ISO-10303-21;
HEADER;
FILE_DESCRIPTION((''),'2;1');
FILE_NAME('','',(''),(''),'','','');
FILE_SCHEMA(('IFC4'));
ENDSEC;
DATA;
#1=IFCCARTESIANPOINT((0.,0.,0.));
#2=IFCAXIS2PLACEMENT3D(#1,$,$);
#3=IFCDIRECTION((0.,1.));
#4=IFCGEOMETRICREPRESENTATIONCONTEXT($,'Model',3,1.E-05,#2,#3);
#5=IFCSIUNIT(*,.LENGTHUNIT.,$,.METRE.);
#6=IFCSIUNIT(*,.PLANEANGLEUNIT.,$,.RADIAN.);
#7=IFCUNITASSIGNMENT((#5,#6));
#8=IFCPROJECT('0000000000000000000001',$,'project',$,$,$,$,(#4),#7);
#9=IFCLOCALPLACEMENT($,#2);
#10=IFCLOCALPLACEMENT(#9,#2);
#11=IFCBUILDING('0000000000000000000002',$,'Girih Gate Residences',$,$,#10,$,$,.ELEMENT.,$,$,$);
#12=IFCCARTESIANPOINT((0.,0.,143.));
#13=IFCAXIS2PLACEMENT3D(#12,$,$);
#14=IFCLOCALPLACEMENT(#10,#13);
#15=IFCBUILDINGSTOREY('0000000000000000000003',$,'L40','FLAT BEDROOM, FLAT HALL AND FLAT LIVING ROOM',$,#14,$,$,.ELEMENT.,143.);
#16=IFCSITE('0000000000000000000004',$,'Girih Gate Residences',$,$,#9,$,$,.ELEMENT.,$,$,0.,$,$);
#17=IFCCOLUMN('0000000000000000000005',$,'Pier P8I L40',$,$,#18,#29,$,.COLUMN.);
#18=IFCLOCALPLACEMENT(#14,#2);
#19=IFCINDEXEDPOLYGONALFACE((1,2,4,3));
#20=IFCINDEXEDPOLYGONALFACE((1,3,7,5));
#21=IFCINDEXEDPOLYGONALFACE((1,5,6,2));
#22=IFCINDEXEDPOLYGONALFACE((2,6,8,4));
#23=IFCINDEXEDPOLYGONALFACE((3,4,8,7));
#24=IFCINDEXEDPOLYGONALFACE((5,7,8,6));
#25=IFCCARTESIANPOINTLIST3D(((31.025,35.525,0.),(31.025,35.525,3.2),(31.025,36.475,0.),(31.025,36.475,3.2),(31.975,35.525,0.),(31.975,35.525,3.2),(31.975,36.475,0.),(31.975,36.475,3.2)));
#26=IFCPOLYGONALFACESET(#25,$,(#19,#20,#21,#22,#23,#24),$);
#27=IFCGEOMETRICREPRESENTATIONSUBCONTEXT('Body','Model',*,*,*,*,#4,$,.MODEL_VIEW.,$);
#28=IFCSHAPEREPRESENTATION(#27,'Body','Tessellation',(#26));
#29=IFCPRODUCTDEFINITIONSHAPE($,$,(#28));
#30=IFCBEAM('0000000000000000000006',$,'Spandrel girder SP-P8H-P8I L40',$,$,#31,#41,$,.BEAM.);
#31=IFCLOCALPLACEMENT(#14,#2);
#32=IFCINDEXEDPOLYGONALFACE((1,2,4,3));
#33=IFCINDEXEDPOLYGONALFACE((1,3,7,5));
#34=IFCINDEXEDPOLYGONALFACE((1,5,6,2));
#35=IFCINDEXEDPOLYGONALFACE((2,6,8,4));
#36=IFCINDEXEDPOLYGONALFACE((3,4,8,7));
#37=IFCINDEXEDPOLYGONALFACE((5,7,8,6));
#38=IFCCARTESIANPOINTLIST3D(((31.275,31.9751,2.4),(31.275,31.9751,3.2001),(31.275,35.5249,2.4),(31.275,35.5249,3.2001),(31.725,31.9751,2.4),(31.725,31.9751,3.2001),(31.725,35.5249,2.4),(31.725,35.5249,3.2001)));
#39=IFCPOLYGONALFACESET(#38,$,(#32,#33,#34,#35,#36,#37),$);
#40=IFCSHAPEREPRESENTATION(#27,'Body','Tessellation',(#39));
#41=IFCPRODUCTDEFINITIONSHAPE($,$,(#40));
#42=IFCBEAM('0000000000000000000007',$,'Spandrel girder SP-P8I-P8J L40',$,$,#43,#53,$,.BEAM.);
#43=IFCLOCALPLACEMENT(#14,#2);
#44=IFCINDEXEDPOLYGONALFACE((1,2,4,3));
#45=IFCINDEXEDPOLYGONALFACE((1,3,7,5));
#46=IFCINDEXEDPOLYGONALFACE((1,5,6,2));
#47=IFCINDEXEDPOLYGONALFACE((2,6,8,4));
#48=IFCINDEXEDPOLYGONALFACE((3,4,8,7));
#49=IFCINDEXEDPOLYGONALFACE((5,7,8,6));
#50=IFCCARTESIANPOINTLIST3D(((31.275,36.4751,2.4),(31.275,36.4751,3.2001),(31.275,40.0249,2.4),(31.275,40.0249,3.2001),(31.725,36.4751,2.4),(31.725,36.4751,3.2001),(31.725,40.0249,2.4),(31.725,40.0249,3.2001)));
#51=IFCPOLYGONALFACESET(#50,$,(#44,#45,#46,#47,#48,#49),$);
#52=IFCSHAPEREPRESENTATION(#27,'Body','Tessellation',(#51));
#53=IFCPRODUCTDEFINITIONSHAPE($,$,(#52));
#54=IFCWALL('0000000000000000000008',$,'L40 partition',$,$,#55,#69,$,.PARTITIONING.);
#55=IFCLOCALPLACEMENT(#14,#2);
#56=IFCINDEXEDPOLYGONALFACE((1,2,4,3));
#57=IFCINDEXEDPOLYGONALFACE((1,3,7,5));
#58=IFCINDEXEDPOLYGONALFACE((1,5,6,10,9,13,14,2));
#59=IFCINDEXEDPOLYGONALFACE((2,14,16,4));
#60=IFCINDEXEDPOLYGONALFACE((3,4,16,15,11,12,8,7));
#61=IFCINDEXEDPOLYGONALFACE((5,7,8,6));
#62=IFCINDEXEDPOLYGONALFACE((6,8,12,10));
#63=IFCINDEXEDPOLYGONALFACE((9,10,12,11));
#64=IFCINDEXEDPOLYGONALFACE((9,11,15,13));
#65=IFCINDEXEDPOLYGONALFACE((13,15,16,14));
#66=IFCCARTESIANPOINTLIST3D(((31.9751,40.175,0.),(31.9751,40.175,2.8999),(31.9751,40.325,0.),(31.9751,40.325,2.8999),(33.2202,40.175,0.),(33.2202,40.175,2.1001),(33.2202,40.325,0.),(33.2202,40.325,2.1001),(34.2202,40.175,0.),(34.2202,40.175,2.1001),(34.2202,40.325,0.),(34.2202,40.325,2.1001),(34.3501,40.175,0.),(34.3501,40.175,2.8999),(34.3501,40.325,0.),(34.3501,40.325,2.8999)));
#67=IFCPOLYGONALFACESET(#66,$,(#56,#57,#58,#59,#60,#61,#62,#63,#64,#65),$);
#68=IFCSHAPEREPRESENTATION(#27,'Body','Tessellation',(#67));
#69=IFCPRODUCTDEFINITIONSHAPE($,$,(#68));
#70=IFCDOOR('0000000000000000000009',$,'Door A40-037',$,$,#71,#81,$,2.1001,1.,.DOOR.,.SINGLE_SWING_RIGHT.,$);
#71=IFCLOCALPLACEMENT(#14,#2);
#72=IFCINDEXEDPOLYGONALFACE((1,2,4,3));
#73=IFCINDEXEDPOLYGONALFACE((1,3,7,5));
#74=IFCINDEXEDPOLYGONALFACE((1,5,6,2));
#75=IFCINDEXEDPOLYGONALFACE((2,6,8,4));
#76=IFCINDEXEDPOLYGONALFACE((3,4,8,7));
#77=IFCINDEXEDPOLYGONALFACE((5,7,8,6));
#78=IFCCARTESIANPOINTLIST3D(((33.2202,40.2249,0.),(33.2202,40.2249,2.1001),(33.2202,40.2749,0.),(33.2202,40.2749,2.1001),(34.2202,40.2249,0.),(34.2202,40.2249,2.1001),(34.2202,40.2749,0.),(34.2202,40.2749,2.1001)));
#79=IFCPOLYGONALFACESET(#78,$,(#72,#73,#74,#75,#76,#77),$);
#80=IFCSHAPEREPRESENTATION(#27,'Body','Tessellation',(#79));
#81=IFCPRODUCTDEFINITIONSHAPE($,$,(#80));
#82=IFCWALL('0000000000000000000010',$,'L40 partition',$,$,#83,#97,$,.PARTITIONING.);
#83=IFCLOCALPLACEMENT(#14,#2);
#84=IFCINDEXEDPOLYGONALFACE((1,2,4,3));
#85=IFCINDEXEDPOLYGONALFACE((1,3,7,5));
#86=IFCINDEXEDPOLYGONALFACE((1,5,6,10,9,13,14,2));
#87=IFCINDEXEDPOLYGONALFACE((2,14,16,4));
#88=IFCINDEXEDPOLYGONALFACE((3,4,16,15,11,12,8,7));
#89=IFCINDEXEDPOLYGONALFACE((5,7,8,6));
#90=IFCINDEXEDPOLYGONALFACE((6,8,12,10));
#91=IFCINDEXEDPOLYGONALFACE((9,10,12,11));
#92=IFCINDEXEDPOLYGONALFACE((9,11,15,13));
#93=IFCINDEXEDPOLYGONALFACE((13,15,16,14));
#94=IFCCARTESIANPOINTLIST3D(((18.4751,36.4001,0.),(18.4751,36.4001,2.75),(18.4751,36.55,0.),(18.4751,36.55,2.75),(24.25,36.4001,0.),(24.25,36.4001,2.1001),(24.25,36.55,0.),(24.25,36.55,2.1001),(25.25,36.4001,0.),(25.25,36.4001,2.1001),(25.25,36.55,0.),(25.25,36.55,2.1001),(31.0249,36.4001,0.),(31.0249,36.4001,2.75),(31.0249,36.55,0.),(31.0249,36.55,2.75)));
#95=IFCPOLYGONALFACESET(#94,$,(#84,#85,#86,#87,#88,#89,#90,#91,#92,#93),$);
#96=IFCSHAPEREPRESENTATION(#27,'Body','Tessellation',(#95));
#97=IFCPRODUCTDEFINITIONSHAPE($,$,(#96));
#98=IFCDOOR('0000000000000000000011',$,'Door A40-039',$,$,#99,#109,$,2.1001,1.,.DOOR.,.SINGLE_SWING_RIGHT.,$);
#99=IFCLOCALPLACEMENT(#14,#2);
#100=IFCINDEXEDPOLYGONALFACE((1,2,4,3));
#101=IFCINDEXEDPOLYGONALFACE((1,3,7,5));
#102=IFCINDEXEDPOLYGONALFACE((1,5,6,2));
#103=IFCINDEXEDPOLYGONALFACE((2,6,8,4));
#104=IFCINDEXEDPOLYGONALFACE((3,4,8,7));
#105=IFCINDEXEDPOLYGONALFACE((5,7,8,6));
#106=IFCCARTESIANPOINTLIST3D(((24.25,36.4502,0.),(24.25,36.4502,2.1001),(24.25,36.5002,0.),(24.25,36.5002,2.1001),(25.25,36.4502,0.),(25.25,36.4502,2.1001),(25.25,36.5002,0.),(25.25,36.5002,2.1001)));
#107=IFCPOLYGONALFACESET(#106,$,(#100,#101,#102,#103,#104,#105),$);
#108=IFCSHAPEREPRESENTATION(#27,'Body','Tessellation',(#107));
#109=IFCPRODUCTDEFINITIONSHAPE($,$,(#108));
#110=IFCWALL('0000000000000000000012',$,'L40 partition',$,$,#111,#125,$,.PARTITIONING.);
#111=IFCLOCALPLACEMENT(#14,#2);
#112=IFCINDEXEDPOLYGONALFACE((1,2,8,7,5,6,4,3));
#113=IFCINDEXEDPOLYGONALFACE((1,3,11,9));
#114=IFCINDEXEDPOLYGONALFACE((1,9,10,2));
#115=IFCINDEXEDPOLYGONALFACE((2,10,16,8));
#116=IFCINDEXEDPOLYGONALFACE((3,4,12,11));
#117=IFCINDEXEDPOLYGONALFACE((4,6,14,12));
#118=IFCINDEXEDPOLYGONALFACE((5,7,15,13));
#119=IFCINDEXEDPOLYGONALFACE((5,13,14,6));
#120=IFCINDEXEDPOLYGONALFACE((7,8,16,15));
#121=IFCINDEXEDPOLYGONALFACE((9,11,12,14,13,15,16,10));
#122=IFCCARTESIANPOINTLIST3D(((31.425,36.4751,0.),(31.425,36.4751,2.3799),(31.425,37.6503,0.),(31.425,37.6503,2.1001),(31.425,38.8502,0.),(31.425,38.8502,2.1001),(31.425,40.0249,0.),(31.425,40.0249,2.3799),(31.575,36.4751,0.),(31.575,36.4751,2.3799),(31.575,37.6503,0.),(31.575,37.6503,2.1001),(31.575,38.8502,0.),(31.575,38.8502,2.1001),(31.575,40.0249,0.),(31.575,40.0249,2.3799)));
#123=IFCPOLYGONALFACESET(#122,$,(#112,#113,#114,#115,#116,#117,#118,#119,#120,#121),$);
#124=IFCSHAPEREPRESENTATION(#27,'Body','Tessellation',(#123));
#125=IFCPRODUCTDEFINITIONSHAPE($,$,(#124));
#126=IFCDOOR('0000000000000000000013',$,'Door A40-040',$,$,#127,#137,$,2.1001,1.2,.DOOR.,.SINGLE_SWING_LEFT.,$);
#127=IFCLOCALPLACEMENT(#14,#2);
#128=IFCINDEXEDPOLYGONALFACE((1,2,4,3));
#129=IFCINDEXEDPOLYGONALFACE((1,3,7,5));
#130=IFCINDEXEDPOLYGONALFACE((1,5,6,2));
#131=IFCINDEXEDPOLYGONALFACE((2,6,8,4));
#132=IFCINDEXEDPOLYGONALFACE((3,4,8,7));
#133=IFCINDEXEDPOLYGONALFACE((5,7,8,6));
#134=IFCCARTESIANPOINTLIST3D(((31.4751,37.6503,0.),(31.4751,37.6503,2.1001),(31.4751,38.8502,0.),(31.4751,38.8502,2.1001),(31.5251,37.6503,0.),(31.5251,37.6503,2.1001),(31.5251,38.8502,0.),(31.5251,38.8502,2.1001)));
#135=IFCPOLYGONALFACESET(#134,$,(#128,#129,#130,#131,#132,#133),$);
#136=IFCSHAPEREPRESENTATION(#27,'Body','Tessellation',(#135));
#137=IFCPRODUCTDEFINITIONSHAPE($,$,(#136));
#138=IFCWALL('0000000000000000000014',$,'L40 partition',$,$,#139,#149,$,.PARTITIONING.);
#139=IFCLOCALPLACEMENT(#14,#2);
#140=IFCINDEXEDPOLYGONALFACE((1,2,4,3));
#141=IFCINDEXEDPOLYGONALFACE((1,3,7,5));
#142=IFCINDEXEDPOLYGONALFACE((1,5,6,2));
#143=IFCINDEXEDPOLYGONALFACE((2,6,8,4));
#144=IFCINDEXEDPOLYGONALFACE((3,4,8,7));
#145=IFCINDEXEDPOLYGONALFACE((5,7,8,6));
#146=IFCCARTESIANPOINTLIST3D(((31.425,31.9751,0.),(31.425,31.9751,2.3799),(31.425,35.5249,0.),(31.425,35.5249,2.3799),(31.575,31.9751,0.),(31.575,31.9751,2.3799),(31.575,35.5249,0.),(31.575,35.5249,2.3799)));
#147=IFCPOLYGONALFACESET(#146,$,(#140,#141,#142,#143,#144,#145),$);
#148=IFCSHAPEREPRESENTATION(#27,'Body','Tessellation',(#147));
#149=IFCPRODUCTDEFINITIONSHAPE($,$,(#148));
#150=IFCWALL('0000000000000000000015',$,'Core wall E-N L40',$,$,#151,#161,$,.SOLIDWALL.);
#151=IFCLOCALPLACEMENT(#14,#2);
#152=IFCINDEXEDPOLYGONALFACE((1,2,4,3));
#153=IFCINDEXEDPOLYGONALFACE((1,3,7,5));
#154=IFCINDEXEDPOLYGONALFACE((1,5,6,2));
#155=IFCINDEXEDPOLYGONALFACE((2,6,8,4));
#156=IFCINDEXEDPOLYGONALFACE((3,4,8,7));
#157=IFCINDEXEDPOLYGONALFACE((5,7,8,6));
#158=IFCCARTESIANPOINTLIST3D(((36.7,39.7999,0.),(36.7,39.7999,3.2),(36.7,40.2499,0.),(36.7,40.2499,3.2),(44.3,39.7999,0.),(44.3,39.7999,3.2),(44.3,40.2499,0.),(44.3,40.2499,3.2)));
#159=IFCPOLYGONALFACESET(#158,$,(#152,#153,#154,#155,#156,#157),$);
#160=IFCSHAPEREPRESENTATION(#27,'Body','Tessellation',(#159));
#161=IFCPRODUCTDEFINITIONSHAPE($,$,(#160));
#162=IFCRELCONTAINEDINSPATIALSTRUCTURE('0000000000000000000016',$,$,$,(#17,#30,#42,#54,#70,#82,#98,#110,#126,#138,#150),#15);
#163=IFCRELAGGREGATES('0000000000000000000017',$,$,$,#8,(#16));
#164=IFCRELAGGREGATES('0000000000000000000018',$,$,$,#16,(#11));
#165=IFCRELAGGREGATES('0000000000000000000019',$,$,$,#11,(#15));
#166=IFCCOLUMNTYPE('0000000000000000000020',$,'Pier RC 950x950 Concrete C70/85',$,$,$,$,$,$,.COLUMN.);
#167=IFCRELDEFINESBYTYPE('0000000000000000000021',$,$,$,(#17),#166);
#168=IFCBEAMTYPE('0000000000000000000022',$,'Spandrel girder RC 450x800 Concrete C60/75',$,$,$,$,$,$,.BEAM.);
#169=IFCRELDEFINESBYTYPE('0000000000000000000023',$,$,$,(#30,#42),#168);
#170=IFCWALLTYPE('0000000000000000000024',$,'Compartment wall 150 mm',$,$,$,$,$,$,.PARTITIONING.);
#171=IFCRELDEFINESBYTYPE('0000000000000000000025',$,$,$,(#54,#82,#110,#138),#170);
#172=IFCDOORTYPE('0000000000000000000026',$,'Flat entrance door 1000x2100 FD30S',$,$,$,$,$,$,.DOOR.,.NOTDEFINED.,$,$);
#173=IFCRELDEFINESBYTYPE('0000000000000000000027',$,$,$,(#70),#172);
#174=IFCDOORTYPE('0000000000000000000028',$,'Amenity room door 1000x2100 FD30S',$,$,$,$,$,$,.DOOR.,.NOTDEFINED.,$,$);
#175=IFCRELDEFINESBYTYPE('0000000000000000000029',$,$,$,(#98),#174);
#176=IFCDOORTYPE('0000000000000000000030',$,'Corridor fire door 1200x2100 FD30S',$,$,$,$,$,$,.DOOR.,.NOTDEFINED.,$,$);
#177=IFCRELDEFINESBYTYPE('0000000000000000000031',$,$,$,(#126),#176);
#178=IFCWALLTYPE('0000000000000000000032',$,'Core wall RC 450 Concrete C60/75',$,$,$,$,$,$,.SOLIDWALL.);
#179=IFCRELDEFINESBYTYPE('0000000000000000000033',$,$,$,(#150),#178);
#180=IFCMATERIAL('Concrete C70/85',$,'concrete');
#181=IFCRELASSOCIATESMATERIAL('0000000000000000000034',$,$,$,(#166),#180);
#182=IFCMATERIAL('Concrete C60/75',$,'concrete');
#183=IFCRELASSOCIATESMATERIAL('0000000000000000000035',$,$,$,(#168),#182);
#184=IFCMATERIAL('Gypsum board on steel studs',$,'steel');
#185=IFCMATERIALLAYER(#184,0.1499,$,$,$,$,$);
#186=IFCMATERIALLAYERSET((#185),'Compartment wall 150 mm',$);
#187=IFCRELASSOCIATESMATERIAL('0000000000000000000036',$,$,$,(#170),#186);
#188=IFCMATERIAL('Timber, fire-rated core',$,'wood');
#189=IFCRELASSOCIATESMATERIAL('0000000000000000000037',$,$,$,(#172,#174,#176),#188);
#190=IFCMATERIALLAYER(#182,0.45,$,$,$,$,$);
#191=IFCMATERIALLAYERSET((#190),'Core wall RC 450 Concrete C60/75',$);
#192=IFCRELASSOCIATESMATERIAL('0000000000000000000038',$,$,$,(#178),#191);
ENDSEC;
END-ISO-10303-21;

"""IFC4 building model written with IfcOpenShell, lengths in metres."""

from ifc_helpers import new_model, si_unit, direction, frame, frame_2d, origin, origin_2d, place, context, subcontext, project, spatial, rectangle, extrude, material, layer, layer_set, material_profile, profile_set, type_object, element, fill, save


model = new_model("IFC4")

# Units and contexts
model_context = context("Model", 3, precision=1e-05, world=origin(), true_north=direction((0.0, 1.0)))
body_context = subcontext(model_context, "Body", "Model", "MODEL_VIEW")
ifc_project = project(units=[si_unit("LENGTHUNIT", "METRE"), si_unit("PLANEANGLEUNIT", "RADIAN")], contexts=[model_context])

# Site, building, storey
site_placement = place(None, origin())
site = spatial("IfcSite", under=ifc_project, at=site_placement, Name="Girih Gate Residences", CompositionType="ELEMENT", RefElevation=0.0)
building_placement = place(site_placement, origin())
building = spatial("IfcBuilding", under=site, at=building_placement, Name="Girih Gate Residences", CompositionType="ELEMENT")
storey_placement = place(building_placement, frame((0.0, 0.0, 143.0)))
storey = spatial("IfcBuildingStorey", under=building, at=storey_placement, Name="L40", Description="FLAT BEDROOM, FLAT HALL AND FLAT LIVING ROOM", CompositionType="ELEMENT", Elevation=143.0)

# Column
ifc_material_1 = material(Name="Concrete C70/85", Category="concrete")
ifc_material_profile_1 = material_profile(ifc_material_1, rectangle(XDim=0.95, YDim=0.95, at=origin_2d()))
ifc_profile_set_1 = profile_set([ifc_material_profile_1], Name="Concrete C70/85")
column_type = type_object("IfcColumnType", Name="Pier RC 950x950 Concrete C70/85", PredefinedType="COLUMN", material=ifc_profile_set_1)
column_placement = place(storey_placement, frame((31.5, 36.0, 0.0), z_axis=(0.0, 0.0, 1.0), x_axis=(1.0, 0.0, 0.0)))
element("IfcColumn", 1, at=column_placement, inside=storey, type_object=column_type, Name="Pier P8I L40", PredefinedType="COLUMN", context=body_context, shape_type="SweptSolid", body=[
    extrude(rectangle(XDim=0.95, YDim=0.95, at=origin_2d()), origin(), (0.0, 0.0, 1.0), 3.2),
])

# Beams
ifc_material_2 = material(Name="Concrete C60/75", Category="concrete")
ifc_material_profile_2 = material_profile(ifc_material_2, rectangle(XDim=0.45, YDim=0.8, at=origin_2d()))
ifc_profile_set_2 = profile_set([ifc_material_profile_2], Name="Concrete C60/75")
beam_type = type_object("IfcBeamType", Name="Spandrel girder RC 450x800 Concrete C60/75", PredefinedType="BEAM", material=ifc_profile_set_2)
for number, where, z_axis, x_axis, name in (
    (2, (31.5, 31.9751, 2.8), (0.0, 1.0, 0.0), (-1.0, 0.0, 0.0), "Spandrel girder SP-P8H-P8I L40"),
    (3, (31.5, 36.4751, 2.8), (0.0, 1.0, 0.0), (-1.0, 0.0, 0.0), "Spandrel girder SP-P8I-P8J L40"),
):
    element("IfcBeam", number, at=place(storey_placement, frame(where, z_axis=z_axis, x_axis=x_axis)), inside=storey, type_object=beam_type, Name=name, PredefinedType="BEAM", context=body_context, shape_type="SweptSolid", body=[
        extrude(rectangle(XDim=0.45, YDim=0.8, at=origin_2d()), origin(), (0.0, 0.0, 1.0), 3.5498),
    ])

# Walls, openings, doors
ifc_material_3 = material(Name="Gypsum board on steel studs", Category="steel")
ifc_layer_1 = layer(ifc_material_3, 0.1499)
ifc_layer_set_1 = layer_set([ifc_layer_1], Name="Compartment wall 150 mm")
wall_type_1 = type_object("IfcWallType", Name="Compartment wall 150 mm", PredefinedType="PARTITIONING", material=ifc_layer_set_1)
wall_1_placement = place(storey_placement, frame((31.9751, 40.25, 0.0), z_axis=(0.0, 0.0, 1.0), x_axis=(1.0, 0.0, 0.0)))
wall_1 = element("IfcWall", 4, at=wall_1_placement, inside=storey, type_object=wall_type_1, Name="L40 partition", PredefinedType="PARTITIONING", context=body_context, shape_type="SweptSolid", body=[
    extrude(rectangle(XDim=2.375, YDim=0.1499, at=frame_2d((1.1875, 0.0))), origin(), (0.0, 0.0, 1.0), 2.8999),
])
opening_1_placement = place(wall_1_placement, frame((1.2451, 0.0, 0.0)))
opening_1 = element("IfcOpeningElement", 5, at=opening_1_placement, cuts=wall_1, PredefinedType="OPENING", context=body_context, shape_type="SweptSolid", body=[
    extrude(rectangle(XDim=1.0, YDim=2.1001, at=frame_2d((0.5, 1.05))), frame((0.0, 0.085, 0.0), z_axis=(0.0, -1.0, 0.0), x_axis=(1.0, 0.0, 0.0)), (0.0, 0.0, 1.0), 0.1699),
])
ifc_material_4 = material(Name="Timber, fire-rated core", Category="wood")
door_type_1 = type_object("IfcDoorType", Name="Flat entrance door 1000x2100 FD30S", OperationType="NOTDEFINED", PredefinedType="DOOR", material=ifc_material_4)
door_1_placement = place(opening_1_placement, origin())
door_1 = element("IfcDoor", 6, at=door_1_placement, inside=storey, type_object=door_type_1, Name="Door A40-037", OperationType="SINGLE_SWING_RIGHT", OverallHeight=2.1001, OverallWidth=1.0, PredefinedType="DOOR", context=body_context, shape_type="SweptSolid", body=[
    extrude(rectangle(XDim=1.0, YDim=2.1001, at=frame_2d((0.5, 1.05))), frame((0.0, 0.0249, 0.0), z_axis=(0.0, -1.0, 0.0), x_axis=(1.0, 0.0, 0.0)), (0.0, 0.0, 1.0), 0.05),
])
fill(opening_1, door_1)
wall_2_placement = place(storey_placement, frame((31.0249, 36.4751, 0.0), z_axis=(0.0, 0.0, 1.0), x_axis=(-1.0, 0.0, 0.0)))
wall_2 = element("IfcWall", 7, at=wall_2_placement, inside=storey, type_object=wall_type_1, Name="L40 partition", PredefinedType="PARTITIONING", context=body_context, shape_type="SweptSolid", body=[
    extrude(rectangle(XDim=12.5498, YDim=0.1499, at=frame_2d((6.2749, 0.0))), origin(), (0.0, 0.0, 1.0), 2.75),
])
opening_2_placement = place(wall_2_placement, frame((5.7749, 0.0, 0.0)))
opening_2 = element("IfcOpeningElement", 8, at=opening_2_placement, cuts=wall_2, PredefinedType="OPENING", context=body_context, shape_type="SweptSolid", body=[
    extrude(rectangle(XDim=1.0, YDim=2.1001, at=frame_2d((0.5, 1.05))), frame((0.0, 0.085, 0.0), z_axis=(0.0, -1.0, 0.0), x_axis=(1.0, 0.0, 0.0)), (0.0, 0.0, 1.0), 0.1699),
])
door_type_2 = type_object("IfcDoorType", Name="Amenity room door 1000x2100 FD30S", OperationType="NOTDEFINED", PredefinedType="DOOR", material=ifc_material_4)
door_2_placement = place(opening_2_placement, origin())
door_2 = element("IfcDoor", 9, at=door_2_placement, inside=storey, type_object=door_type_2, Name="Door A40-039", OperationType="SINGLE_SWING_RIGHT", OverallHeight=2.1001, OverallWidth=1.0, PredefinedType="DOOR", context=body_context, shape_type="SweptSolid", body=[
    extrude(rectangle(XDim=1.0, YDim=2.1001, at=frame_2d((0.5, 1.05))), frame((0.0, 0.0249, 0.0), z_axis=(0.0, -1.0, 0.0), x_axis=(1.0, 0.0, 0.0)), (0.0, 0.0, 1.0), 0.05),
])
fill(opening_2, door_2)
wall_3_placement = place(storey_placement, frame((31.5, 36.4751, 0.0), z_axis=(0.0, 0.0, 1.0), x_axis=(0.0, 1.0, 0.0)))
wall_3 = element("IfcWall", 10, at=wall_3_placement, inside=storey, type_object=wall_type_1, Name="L40 partition", PredefinedType="PARTITIONING", context=body_context, shape_type="SweptSolid", body=[
    extrude(rectangle(XDim=3.5498, YDim=0.1499, at=frame_2d((1.7749, 0.0))), origin(), (0.0, 0.0, 1.0), 2.3799),
])
opening_3_placement = place(wall_3_placement, frame((1.175, 0.0, 0.0)))
opening_3 = element("IfcOpeningElement", 11, at=opening_3_placement, cuts=wall_3, PredefinedType="OPENING", context=body_context, shape_type="SweptSolid", body=[
    extrude(rectangle(XDim=1.2, YDim=2.1001, at=frame_2d((0.6001, 1.05))), frame((0.0, 0.085, 0.0), z_axis=(0.0, -1.0, 0.0), x_axis=(1.0, 0.0, 0.0)), (0.0, 0.0, 1.0), 0.1699),
])
door_type_3 = type_object("IfcDoorType", Name="Corridor fire door 1200x2100 FD30S", OperationType="NOTDEFINED", PredefinedType="DOOR", material=ifc_material_4)
door_3_placement = place(opening_3_placement, origin())
door_3 = element("IfcDoor", 12, at=door_3_placement, inside=storey, type_object=door_type_3, Name="Door A40-040", OperationType="SINGLE_SWING_LEFT", OverallHeight=2.1001, OverallWidth=1.2, PredefinedType="DOOR", context=body_context, shape_type="SweptSolid", body=[
    extrude(rectangle(XDim=1.2, YDim=2.1001, at=frame_2d((0.6001, 1.05))), frame((0.0, 0.0249, 0.0), z_axis=(0.0, -1.0, 0.0), x_axis=(1.0, 0.0, 0.0)), (0.0, 0.0, 1.0), 0.05),
])
fill(opening_3, door_3)

# Walls
wall_4_placement = place(storey_placement, frame((31.5, 31.9751, 0.0), z_axis=(0.0, 0.0, 1.0), x_axis=(0.0, 1.0, 0.0)))
element("IfcWall", 13, at=wall_4_placement, inside=storey, type_object=wall_type_1, Name="L40 partition", PredefinedType="PARTITIONING", context=body_context, shape_type="SweptSolid", body=[
    extrude(rectangle(XDim=3.5498, YDim=0.1499, at=frame_2d((1.7749, 0.0))), origin(), (0.0, 0.0, 1.0), 2.3799),
])
ifc_layer_2 = layer(ifc_material_2, 0.45)
ifc_layer_set_2 = layer_set([ifc_layer_2], Name="Core wall RC 450 Concrete C60/75")
wall_type_2 = type_object("IfcWallType", Name="Core wall RC 450 Concrete C60/75", PredefinedType="SOLIDWALL", material=ifc_layer_set_2)
wall_5_placement = place(storey_placement, frame((36.7, 40.0249, 0.0), z_axis=(0.0, 0.0, 1.0), x_axis=(1.0, 0.0, 0.0)))
element("IfcWall", 14, at=wall_5_placement, inside=storey, type_object=wall_type_2, Name="Core wall E-N L40", PredefinedType="SOLIDWALL", context=body_context, shape_type="SweptSolid", body=[
    extrude(rectangle(XDim=7.6001, YDim=0.45, at=frame_2d((3.8, 0.0))), origin(), (0.0, 0.0, 1.0), 3.2),
])

save(model, "model.ifc")
